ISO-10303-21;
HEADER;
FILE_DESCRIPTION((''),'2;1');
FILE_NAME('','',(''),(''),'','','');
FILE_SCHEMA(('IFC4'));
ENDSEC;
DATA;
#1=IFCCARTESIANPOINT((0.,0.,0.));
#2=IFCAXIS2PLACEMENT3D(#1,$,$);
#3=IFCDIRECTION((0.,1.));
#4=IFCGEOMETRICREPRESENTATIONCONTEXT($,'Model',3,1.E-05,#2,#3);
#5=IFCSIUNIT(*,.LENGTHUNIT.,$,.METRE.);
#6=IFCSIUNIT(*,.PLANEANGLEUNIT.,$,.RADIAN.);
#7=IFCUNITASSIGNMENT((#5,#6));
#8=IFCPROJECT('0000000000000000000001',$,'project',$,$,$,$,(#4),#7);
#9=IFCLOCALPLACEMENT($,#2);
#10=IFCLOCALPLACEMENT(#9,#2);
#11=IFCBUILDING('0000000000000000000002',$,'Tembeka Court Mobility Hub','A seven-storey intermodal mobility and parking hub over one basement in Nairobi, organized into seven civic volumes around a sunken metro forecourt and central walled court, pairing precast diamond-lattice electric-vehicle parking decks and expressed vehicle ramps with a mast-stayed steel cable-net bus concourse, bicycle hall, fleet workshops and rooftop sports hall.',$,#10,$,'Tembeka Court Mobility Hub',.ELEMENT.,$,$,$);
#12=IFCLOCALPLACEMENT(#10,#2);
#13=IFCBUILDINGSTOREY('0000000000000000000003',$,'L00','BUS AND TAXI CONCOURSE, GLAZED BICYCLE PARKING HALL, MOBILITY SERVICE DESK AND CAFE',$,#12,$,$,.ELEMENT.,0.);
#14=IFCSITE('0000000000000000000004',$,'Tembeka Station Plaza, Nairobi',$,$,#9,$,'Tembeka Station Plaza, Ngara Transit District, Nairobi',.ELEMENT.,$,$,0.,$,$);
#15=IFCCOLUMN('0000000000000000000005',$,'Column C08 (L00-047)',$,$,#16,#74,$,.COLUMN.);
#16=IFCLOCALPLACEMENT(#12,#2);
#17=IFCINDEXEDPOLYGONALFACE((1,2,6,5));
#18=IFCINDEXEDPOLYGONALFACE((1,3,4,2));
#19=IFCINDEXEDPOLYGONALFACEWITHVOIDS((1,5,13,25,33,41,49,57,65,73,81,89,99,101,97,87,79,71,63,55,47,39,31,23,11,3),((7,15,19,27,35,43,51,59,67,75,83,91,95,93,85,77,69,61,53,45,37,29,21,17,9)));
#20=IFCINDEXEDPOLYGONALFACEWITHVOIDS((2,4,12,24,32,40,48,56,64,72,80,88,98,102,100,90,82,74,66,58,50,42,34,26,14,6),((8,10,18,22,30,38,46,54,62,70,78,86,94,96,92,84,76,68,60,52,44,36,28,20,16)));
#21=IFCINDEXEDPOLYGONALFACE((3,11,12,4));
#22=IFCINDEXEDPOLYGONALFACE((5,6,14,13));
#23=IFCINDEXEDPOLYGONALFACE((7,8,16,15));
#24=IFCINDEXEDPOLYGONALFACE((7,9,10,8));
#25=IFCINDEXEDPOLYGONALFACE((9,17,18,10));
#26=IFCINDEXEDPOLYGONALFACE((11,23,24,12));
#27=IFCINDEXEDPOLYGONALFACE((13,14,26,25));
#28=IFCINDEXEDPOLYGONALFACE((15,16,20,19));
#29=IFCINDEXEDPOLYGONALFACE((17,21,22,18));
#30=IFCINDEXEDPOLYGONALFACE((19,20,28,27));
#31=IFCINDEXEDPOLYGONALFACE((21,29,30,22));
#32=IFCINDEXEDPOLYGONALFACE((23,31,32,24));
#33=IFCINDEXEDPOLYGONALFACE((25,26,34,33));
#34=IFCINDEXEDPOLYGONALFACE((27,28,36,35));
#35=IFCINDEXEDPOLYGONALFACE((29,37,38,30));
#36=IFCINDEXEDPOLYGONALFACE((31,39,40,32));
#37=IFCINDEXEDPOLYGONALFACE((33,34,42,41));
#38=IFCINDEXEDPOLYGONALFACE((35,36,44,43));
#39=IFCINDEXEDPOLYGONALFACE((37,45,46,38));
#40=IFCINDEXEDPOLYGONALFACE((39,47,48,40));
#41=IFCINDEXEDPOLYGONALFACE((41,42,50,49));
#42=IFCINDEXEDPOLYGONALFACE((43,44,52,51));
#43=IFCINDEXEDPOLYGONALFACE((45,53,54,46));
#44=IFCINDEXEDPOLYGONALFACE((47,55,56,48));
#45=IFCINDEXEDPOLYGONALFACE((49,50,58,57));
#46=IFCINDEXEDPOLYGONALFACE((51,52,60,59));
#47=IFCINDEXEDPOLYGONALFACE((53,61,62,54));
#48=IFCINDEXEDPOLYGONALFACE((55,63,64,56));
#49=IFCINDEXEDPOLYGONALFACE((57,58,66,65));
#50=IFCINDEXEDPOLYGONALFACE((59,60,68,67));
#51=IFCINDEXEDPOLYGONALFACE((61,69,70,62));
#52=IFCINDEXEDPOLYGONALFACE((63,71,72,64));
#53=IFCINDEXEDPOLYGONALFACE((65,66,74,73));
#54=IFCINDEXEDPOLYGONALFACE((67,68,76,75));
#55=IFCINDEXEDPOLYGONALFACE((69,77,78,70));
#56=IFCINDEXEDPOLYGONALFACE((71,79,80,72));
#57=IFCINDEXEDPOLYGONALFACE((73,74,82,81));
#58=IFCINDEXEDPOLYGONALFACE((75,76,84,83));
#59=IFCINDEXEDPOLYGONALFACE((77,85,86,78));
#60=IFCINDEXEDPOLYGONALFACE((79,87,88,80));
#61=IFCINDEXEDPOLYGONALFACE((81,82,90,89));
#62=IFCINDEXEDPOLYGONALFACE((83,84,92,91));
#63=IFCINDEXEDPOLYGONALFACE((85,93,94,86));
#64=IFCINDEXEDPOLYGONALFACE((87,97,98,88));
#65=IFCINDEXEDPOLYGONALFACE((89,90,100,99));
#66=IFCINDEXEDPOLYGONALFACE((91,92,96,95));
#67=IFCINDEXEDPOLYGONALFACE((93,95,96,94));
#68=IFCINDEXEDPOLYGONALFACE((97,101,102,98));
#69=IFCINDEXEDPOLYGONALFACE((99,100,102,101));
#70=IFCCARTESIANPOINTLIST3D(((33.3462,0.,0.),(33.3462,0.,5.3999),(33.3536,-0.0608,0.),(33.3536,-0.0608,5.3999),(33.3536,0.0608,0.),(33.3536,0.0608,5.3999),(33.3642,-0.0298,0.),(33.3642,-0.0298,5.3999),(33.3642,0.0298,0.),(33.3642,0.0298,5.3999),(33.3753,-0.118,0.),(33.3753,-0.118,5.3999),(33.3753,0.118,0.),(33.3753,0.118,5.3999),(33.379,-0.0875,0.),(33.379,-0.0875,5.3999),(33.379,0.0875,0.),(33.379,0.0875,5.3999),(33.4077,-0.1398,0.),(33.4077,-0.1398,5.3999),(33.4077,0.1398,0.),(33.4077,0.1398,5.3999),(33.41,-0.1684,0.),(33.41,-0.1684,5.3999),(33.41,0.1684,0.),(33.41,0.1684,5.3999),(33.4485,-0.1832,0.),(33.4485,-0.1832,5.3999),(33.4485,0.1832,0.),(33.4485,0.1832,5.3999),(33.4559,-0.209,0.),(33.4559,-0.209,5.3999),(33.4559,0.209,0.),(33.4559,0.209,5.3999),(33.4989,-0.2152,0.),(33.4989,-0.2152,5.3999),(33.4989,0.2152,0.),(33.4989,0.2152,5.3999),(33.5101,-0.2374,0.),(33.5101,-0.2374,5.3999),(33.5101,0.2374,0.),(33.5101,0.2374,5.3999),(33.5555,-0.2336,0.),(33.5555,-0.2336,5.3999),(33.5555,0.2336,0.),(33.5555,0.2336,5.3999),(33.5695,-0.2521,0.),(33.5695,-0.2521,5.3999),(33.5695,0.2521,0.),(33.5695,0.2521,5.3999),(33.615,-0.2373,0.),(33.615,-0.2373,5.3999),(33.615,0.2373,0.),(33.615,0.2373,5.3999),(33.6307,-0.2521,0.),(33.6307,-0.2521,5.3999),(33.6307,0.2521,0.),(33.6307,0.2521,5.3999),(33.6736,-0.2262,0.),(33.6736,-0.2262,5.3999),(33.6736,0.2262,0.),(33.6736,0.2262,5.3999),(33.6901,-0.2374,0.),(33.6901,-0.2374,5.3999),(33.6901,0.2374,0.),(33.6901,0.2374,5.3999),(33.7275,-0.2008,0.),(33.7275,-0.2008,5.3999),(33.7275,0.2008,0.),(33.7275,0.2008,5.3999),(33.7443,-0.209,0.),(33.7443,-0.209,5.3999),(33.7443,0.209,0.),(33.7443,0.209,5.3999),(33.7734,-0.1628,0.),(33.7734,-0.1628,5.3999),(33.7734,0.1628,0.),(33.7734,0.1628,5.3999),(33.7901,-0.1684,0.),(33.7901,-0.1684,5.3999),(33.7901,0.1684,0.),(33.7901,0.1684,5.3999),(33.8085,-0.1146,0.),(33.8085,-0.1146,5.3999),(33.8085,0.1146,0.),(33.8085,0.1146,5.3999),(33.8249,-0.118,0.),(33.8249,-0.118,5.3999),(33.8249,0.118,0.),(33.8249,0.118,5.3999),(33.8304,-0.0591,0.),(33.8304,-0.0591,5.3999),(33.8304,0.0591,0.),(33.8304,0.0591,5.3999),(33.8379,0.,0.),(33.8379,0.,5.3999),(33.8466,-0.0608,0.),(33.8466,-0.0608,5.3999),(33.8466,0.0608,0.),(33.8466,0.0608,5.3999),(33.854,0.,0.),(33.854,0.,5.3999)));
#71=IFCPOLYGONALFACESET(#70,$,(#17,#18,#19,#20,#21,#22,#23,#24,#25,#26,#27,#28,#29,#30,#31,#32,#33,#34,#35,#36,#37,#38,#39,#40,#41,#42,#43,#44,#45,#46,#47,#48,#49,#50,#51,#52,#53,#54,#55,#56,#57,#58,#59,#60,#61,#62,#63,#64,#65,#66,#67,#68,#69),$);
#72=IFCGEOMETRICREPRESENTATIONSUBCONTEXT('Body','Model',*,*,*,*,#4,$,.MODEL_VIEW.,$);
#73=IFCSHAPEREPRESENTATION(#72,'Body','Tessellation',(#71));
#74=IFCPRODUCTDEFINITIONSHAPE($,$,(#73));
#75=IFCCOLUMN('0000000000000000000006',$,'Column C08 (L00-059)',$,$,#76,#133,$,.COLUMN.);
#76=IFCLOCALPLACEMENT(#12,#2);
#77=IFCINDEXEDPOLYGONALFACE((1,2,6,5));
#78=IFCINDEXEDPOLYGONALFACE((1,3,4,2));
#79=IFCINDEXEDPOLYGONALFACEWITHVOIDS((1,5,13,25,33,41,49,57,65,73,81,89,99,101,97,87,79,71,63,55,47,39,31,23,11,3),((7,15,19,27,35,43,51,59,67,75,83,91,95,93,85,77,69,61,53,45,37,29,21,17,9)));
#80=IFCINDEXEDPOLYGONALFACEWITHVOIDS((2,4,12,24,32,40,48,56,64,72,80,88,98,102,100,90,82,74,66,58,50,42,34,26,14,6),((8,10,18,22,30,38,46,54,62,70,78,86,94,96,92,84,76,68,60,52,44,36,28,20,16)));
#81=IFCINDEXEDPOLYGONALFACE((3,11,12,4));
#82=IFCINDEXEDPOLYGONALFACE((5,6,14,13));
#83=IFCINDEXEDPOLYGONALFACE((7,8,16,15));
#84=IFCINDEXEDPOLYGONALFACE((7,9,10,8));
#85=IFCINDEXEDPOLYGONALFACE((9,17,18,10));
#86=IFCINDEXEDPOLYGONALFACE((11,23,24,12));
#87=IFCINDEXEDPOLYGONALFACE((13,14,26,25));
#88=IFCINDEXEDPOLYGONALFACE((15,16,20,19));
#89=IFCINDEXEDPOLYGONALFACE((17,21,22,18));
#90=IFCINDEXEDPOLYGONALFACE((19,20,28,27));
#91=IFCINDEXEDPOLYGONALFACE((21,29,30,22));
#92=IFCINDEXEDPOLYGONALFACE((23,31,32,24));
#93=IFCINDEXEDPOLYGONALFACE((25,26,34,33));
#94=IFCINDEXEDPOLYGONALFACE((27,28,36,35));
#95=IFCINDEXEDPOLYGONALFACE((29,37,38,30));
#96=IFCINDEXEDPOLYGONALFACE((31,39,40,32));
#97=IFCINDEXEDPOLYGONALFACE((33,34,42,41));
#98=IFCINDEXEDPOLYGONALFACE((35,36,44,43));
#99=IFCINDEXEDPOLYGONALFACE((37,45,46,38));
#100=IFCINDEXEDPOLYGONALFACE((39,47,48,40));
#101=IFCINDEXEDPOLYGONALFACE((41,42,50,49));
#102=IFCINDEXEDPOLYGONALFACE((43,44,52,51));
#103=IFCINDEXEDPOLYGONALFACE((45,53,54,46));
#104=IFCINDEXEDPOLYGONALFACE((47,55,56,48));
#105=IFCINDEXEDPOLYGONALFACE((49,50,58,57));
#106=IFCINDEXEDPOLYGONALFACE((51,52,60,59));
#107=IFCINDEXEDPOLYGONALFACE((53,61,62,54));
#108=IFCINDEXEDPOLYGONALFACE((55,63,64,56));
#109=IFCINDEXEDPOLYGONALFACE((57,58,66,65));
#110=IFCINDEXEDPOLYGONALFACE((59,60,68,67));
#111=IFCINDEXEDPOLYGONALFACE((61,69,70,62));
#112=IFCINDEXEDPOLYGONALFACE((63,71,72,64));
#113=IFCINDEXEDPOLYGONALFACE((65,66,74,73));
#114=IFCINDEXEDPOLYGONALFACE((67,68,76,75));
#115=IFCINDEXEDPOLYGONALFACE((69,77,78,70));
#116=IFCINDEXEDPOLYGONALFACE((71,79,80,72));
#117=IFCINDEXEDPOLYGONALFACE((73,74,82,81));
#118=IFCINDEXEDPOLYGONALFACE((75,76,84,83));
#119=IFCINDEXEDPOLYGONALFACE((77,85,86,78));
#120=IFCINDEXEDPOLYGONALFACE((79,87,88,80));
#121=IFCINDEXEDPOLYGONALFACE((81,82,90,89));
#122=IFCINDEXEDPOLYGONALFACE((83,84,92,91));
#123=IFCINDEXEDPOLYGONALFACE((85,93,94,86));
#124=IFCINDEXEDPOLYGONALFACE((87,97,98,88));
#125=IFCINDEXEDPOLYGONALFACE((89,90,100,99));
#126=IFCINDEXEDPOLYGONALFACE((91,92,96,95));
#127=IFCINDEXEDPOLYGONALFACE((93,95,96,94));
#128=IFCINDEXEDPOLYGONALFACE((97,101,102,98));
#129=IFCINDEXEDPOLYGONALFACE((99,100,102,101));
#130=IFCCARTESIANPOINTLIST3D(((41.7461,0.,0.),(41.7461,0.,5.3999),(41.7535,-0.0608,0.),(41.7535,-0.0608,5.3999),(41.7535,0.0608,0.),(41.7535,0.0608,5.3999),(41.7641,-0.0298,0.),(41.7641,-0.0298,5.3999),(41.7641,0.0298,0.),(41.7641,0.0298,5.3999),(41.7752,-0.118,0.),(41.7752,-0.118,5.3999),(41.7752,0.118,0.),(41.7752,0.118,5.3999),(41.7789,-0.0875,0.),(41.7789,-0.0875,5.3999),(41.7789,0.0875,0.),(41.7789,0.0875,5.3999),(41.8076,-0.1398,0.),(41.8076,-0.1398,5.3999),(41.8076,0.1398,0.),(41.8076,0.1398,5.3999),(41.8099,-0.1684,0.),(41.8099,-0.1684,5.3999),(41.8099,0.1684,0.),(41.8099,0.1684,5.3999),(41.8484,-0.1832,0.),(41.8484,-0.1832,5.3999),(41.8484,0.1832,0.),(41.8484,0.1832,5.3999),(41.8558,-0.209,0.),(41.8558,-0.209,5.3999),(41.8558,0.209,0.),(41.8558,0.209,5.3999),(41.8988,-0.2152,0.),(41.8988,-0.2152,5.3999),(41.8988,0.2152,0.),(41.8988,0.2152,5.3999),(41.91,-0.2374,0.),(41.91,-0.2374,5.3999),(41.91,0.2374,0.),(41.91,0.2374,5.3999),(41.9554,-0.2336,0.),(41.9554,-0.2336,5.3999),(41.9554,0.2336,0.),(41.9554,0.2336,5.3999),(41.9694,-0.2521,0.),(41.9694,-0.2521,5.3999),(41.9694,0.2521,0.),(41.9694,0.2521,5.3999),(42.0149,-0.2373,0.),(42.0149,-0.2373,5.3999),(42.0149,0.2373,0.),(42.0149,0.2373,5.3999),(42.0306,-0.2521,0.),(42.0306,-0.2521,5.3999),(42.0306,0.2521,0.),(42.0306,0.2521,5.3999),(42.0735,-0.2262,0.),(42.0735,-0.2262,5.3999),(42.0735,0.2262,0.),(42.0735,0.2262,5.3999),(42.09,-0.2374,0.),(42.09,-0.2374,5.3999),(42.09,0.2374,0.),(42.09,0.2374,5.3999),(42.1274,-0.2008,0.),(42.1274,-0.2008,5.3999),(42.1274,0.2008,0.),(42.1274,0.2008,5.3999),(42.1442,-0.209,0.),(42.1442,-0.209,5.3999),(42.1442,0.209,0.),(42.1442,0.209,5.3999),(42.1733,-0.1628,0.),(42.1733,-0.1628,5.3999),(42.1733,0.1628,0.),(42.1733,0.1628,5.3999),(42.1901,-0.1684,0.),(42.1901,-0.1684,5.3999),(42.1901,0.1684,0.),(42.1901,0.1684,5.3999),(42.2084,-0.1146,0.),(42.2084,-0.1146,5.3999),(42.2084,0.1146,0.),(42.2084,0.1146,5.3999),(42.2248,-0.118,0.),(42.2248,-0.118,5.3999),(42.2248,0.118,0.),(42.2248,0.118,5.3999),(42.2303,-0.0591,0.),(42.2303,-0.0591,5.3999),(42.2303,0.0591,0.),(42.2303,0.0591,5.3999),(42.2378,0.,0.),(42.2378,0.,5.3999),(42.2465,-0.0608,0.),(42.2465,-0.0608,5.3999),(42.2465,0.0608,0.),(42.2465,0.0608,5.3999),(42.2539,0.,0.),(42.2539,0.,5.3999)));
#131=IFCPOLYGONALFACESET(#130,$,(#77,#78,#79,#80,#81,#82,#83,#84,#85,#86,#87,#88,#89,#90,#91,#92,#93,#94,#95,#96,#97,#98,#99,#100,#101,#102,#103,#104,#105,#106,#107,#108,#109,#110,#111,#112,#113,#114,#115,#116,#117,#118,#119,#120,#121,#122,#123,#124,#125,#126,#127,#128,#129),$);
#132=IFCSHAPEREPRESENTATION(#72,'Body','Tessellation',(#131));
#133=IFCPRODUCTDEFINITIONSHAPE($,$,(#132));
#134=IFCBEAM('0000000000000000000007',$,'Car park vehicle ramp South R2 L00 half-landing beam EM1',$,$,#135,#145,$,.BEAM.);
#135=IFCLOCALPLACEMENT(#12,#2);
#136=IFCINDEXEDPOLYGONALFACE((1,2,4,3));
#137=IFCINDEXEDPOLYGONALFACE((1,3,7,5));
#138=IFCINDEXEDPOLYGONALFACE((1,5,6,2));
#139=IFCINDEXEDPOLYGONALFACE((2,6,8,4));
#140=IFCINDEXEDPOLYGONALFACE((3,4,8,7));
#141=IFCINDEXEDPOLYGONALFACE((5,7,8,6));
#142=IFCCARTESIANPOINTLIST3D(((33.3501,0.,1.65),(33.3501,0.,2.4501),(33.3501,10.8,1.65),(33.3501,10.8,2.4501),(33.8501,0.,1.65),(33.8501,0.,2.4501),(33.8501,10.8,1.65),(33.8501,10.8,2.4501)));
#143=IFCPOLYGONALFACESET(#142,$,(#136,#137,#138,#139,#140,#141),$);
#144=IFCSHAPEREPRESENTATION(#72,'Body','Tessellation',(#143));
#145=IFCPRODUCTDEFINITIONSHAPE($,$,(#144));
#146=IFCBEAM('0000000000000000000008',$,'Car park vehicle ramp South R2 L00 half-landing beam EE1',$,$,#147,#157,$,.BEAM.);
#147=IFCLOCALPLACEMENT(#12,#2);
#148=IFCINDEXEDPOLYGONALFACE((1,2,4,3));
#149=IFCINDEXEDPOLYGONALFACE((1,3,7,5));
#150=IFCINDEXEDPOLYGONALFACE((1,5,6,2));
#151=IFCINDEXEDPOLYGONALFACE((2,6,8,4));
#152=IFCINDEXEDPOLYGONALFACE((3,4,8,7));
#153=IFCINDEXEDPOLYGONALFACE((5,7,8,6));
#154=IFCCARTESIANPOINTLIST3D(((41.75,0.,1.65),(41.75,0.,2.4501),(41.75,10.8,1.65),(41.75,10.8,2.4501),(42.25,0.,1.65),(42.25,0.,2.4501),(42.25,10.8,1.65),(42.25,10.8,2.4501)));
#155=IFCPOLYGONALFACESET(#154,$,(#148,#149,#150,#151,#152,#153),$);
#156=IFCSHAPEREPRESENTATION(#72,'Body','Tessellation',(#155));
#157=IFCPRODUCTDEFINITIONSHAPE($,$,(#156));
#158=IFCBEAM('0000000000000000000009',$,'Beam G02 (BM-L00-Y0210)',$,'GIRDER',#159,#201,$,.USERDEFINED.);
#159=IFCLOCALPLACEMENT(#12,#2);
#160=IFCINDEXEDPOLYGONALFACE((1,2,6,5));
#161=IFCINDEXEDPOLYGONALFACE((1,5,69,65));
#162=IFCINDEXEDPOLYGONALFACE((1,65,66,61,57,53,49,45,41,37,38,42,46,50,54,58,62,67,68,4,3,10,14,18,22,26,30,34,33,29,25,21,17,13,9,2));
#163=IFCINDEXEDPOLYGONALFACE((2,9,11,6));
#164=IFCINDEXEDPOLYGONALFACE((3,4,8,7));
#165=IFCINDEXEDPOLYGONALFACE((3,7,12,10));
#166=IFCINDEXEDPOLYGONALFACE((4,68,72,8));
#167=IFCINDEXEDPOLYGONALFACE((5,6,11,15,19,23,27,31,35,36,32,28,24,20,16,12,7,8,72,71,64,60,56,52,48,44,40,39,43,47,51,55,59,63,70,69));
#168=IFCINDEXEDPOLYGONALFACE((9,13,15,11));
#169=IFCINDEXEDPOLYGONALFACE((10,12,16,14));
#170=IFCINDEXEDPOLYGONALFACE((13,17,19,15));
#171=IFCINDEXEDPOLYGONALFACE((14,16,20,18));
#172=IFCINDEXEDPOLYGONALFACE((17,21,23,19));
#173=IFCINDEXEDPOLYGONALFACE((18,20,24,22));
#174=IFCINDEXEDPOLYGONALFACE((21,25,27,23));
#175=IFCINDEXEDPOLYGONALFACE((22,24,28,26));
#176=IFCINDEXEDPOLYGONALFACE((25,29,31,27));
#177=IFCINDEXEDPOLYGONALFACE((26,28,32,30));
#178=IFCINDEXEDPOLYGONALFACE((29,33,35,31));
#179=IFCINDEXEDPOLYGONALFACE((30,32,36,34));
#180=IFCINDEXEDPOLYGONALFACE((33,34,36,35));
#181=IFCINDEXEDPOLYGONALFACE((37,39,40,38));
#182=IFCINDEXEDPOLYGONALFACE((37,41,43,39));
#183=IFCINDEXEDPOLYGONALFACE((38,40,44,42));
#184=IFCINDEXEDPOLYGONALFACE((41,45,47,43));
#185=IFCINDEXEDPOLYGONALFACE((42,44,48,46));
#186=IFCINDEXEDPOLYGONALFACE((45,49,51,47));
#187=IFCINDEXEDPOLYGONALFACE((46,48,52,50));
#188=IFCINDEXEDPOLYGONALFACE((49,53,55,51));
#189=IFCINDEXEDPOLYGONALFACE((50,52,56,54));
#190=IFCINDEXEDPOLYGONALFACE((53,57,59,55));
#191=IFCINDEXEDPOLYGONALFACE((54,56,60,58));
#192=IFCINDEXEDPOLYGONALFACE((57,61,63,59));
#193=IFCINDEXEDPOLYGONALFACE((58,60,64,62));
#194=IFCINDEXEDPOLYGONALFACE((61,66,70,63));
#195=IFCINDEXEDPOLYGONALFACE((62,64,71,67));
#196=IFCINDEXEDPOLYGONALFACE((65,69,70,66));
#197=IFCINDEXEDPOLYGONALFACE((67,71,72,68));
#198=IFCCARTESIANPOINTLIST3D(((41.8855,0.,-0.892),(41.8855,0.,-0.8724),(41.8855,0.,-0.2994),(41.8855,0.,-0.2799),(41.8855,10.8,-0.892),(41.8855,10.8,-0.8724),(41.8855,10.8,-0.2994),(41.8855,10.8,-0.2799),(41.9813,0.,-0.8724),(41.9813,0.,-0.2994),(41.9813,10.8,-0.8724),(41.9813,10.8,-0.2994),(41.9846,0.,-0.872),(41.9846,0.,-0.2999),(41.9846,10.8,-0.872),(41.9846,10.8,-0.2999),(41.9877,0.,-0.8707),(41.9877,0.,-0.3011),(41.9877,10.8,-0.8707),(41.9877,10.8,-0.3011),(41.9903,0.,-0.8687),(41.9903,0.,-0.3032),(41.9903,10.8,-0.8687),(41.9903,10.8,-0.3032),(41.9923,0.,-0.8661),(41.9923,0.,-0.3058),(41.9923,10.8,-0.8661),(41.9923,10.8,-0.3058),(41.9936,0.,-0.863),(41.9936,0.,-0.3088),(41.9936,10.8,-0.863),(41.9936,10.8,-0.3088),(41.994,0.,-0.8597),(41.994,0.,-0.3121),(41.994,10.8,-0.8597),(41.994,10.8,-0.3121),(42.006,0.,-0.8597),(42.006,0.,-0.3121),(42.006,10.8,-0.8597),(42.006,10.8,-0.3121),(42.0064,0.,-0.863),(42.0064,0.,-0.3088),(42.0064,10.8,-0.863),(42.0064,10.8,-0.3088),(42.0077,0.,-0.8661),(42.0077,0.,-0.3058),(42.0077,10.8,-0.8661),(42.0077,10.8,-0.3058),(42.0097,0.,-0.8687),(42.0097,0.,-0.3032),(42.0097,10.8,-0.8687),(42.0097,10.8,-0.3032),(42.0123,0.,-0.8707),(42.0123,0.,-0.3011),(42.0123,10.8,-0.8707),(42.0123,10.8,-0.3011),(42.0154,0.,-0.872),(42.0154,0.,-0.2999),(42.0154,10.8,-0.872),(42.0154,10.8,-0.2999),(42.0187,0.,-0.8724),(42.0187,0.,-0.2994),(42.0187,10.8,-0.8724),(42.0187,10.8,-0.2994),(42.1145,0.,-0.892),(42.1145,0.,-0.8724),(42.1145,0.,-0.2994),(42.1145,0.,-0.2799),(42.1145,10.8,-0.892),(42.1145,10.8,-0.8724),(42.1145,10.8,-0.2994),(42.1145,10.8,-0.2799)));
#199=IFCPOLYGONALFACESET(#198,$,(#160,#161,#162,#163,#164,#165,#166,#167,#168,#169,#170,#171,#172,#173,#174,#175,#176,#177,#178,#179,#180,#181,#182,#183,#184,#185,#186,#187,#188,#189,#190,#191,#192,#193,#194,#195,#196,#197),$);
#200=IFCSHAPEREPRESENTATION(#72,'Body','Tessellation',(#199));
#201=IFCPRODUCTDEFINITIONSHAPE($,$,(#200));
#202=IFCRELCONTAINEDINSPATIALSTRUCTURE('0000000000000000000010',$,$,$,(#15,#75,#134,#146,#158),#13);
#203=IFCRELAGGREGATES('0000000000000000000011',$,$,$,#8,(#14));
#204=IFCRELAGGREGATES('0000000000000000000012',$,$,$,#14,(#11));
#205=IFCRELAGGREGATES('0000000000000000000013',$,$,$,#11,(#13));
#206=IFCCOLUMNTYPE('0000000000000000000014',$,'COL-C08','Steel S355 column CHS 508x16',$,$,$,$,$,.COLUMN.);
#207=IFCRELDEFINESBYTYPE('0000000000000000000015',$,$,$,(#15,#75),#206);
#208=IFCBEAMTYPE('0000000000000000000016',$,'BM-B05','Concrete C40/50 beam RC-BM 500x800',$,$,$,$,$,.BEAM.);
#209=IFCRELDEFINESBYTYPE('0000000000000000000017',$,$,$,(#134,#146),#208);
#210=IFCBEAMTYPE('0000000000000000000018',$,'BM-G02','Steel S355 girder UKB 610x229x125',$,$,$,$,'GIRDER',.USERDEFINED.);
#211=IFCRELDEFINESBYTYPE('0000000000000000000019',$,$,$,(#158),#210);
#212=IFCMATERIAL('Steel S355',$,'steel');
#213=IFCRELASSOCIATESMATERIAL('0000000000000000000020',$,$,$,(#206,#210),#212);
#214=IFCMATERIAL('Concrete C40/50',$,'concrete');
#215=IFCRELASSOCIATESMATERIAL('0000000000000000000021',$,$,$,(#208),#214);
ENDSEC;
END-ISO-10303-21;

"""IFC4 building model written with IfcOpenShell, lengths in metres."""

from ifc_helpers import new_model, si_unit, direction, frame, origin, origin_2d, place, context, subcontext, project, spatial, rectangle, hollow_circle, i_section, extrude, material, material_profile, profile_set, type_object, element, save


model = new_model("IFC4")

# Units and contexts
model_context = context("Model", 3, precision=1e-05, world=origin(), true_north=direction((0.0, 1.0)))
body_context = subcontext(model_context, "Body", "Model", "MODEL_VIEW")
ifc_project = project(units=[si_unit("LENGTHUNIT", "METRE"), si_unit("PLANEANGLEUNIT", "RADIAN")], contexts=[model_context])

# Site, building, storey
site_placement = place(None, origin())
site = spatial("IfcSite", under=ifc_project, at=site_placement, Name="Tembeka Station Plaza, Nairobi", LongName="Tembeka Station Plaza, Ngara Transit District, Nairobi", CompositionType="ELEMENT", RefElevation=0.0)
building_placement = place(site_placement, origin())
building = spatial("IfcBuilding", under=site, at=building_placement, Name="Tembeka Court Mobility Hub", Description="A seven-storey intermodal mobility and parking hub over one basement in Nairobi, organized into seven civic volumes around a sunken metro forecourt and central walled court, pairing precast diamond-lattice electric-vehicle parking decks and expressed vehicle ramps with a mast-stayed steel cable-net bus concourse, bicycle hall, fleet workshops and rooftop sports hall.", LongName="Tembeka Court Mobility Hub", CompositionType="ELEMENT")
storey_placement = place(building_placement, origin())
storey = spatial("IfcBuildingStorey", under=building, at=storey_placement, Name="L00", Description="BUS AND TAXI CONCOURSE, GLAZED BICYCLE PARKING HALL, MOBILITY SERVICE DESK AND CAFE", CompositionType="ELEMENT", Elevation=0.0)

# Columns
ifc_material_1 = material(Name="Steel S355", Category="steel")
ifc_material_profile_1 = material_profile(ifc_material_1, hollow_circle(Radius=0.2539, WallThickness=0.0161, at=origin_2d()), Name="CHS 508x16")
ifc_profile_set_1 = profile_set([ifc_material_profile_1], Name="Steel S355")
column_type = type_object("IfcColumnType", Name="COL-C08", Description="Steel S355 column CHS 508x16", PredefinedType="COLUMN", material=ifc_profile_set_1)
for number, where, z_axis, x_axis, name in (
    (1, (33.6001, 0.0, 0.0), (0.0, 0.0, 1.0), (1.0, 0.0, 0.0), "Column C08 (L00-047)"),
    (2, (42.0, 0.0, 0.0), (0.0, 0.0, 1.0), (1.0, 0.0, 0.0), "Column C08 (L00-059)"),
):
    element("IfcColumn", number, at=place(storey_placement, frame(where, z_axis=z_axis, x_axis=x_axis)), inside=storey, type_object=column_type, Name=name, PredefinedType="COLUMN", context=body_context, shape_type="SweptSolid", body=[
        extrude(hollow_circle(Radius=0.2539, WallThickness=0.0161, at=origin_2d()), origin(), (0.0, 0.0, 1.0), 5.3999),
    ])

# Beams
ifc_material_2 = material(Name="Concrete C40/50", Category="concrete")
ifc_material_profile_2 = material_profile(ifc_material_2, rectangle(XDim=0.5, YDim=0.8, at=origin_2d()), Name="RC-BM 500x800")
ifc_profile_set_2 = profile_set([ifc_material_profile_2], Name="Concrete C40/50")
beam_type_1 = type_object("IfcBeamType", Name="BM-B05", Description="Concrete C40/50 beam RC-BM 500x800", PredefinedType="BEAM", material=ifc_profile_set_2)
for number, where, z_axis, x_axis, name in (
    (3, (33.6001, 0.0, 2.05), (0.0, 1.0, 0.0), (-1.0, 0.0, 0.0), "Car park vehicle ramp South R2 L00 half-landing beam EM1"),
    (4, (42.0, 0.0, 2.05), (0.0, 1.0, 0.0), (-1.0, 0.0, 0.0), "Car park vehicle ramp South R2 L00 half-landing beam EE1"),
):
    element("IfcBeam", number, at=place(storey_placement, frame(where, z_axis=z_axis, x_axis=x_axis)), inside=storey, type_object=beam_type_1, Name=name, PredefinedType="BEAM", context=body_context, shape_type="SweptSolid", body=[
        extrude(rectangle(XDim=0.5, YDim=0.8, at=origin_2d()), origin(), (0.0, 0.0, 1.0), 10.8),
    ])
ifc_material_profile_3 = material_profile(ifc_material_1, i_section(OverallWidth=0.229, OverallDepth=0.6121, WebThickness=0.012, FlangeThickness=0.0195, FilletRadius=0.0127, at=origin_2d()), Name="UKB 610x229x125")
ifc_profile_set_3 = profile_set([ifc_material_profile_3], Name="Steel S355")
beam_type_2 = type_object("IfcBeamType", Name="BM-G02", Description="Steel S355 girder UKB 610x229x125", ElementType="GIRDER", PredefinedType="USERDEFINED", material=ifc_profile_set_3)
beam_placement = place(storey_placement, frame((42.0, 0.0, -0.5859), z_axis=(0.0, 1.0, 0.0), x_axis=(-1.0, 0.0, 0.0)))
element("IfcBeam", 5, at=beam_placement, inside=storey, type_object=beam_type_2, Name="Beam G02 (BM-L00-Y0210)", ObjectType="GIRDER", PredefinedType="USERDEFINED", context=body_context, shape_type="SweptSolid", body=[
    extrude(i_section(OverallWidth=0.229, OverallDepth=0.6121, WebThickness=0.012, FlangeThickness=0.0195, FilletRadius=0.0127, at=origin_2d()), origin(), (0.0, 0.0, 1.0), 10.8),
])

save(model, "model.ifc")
